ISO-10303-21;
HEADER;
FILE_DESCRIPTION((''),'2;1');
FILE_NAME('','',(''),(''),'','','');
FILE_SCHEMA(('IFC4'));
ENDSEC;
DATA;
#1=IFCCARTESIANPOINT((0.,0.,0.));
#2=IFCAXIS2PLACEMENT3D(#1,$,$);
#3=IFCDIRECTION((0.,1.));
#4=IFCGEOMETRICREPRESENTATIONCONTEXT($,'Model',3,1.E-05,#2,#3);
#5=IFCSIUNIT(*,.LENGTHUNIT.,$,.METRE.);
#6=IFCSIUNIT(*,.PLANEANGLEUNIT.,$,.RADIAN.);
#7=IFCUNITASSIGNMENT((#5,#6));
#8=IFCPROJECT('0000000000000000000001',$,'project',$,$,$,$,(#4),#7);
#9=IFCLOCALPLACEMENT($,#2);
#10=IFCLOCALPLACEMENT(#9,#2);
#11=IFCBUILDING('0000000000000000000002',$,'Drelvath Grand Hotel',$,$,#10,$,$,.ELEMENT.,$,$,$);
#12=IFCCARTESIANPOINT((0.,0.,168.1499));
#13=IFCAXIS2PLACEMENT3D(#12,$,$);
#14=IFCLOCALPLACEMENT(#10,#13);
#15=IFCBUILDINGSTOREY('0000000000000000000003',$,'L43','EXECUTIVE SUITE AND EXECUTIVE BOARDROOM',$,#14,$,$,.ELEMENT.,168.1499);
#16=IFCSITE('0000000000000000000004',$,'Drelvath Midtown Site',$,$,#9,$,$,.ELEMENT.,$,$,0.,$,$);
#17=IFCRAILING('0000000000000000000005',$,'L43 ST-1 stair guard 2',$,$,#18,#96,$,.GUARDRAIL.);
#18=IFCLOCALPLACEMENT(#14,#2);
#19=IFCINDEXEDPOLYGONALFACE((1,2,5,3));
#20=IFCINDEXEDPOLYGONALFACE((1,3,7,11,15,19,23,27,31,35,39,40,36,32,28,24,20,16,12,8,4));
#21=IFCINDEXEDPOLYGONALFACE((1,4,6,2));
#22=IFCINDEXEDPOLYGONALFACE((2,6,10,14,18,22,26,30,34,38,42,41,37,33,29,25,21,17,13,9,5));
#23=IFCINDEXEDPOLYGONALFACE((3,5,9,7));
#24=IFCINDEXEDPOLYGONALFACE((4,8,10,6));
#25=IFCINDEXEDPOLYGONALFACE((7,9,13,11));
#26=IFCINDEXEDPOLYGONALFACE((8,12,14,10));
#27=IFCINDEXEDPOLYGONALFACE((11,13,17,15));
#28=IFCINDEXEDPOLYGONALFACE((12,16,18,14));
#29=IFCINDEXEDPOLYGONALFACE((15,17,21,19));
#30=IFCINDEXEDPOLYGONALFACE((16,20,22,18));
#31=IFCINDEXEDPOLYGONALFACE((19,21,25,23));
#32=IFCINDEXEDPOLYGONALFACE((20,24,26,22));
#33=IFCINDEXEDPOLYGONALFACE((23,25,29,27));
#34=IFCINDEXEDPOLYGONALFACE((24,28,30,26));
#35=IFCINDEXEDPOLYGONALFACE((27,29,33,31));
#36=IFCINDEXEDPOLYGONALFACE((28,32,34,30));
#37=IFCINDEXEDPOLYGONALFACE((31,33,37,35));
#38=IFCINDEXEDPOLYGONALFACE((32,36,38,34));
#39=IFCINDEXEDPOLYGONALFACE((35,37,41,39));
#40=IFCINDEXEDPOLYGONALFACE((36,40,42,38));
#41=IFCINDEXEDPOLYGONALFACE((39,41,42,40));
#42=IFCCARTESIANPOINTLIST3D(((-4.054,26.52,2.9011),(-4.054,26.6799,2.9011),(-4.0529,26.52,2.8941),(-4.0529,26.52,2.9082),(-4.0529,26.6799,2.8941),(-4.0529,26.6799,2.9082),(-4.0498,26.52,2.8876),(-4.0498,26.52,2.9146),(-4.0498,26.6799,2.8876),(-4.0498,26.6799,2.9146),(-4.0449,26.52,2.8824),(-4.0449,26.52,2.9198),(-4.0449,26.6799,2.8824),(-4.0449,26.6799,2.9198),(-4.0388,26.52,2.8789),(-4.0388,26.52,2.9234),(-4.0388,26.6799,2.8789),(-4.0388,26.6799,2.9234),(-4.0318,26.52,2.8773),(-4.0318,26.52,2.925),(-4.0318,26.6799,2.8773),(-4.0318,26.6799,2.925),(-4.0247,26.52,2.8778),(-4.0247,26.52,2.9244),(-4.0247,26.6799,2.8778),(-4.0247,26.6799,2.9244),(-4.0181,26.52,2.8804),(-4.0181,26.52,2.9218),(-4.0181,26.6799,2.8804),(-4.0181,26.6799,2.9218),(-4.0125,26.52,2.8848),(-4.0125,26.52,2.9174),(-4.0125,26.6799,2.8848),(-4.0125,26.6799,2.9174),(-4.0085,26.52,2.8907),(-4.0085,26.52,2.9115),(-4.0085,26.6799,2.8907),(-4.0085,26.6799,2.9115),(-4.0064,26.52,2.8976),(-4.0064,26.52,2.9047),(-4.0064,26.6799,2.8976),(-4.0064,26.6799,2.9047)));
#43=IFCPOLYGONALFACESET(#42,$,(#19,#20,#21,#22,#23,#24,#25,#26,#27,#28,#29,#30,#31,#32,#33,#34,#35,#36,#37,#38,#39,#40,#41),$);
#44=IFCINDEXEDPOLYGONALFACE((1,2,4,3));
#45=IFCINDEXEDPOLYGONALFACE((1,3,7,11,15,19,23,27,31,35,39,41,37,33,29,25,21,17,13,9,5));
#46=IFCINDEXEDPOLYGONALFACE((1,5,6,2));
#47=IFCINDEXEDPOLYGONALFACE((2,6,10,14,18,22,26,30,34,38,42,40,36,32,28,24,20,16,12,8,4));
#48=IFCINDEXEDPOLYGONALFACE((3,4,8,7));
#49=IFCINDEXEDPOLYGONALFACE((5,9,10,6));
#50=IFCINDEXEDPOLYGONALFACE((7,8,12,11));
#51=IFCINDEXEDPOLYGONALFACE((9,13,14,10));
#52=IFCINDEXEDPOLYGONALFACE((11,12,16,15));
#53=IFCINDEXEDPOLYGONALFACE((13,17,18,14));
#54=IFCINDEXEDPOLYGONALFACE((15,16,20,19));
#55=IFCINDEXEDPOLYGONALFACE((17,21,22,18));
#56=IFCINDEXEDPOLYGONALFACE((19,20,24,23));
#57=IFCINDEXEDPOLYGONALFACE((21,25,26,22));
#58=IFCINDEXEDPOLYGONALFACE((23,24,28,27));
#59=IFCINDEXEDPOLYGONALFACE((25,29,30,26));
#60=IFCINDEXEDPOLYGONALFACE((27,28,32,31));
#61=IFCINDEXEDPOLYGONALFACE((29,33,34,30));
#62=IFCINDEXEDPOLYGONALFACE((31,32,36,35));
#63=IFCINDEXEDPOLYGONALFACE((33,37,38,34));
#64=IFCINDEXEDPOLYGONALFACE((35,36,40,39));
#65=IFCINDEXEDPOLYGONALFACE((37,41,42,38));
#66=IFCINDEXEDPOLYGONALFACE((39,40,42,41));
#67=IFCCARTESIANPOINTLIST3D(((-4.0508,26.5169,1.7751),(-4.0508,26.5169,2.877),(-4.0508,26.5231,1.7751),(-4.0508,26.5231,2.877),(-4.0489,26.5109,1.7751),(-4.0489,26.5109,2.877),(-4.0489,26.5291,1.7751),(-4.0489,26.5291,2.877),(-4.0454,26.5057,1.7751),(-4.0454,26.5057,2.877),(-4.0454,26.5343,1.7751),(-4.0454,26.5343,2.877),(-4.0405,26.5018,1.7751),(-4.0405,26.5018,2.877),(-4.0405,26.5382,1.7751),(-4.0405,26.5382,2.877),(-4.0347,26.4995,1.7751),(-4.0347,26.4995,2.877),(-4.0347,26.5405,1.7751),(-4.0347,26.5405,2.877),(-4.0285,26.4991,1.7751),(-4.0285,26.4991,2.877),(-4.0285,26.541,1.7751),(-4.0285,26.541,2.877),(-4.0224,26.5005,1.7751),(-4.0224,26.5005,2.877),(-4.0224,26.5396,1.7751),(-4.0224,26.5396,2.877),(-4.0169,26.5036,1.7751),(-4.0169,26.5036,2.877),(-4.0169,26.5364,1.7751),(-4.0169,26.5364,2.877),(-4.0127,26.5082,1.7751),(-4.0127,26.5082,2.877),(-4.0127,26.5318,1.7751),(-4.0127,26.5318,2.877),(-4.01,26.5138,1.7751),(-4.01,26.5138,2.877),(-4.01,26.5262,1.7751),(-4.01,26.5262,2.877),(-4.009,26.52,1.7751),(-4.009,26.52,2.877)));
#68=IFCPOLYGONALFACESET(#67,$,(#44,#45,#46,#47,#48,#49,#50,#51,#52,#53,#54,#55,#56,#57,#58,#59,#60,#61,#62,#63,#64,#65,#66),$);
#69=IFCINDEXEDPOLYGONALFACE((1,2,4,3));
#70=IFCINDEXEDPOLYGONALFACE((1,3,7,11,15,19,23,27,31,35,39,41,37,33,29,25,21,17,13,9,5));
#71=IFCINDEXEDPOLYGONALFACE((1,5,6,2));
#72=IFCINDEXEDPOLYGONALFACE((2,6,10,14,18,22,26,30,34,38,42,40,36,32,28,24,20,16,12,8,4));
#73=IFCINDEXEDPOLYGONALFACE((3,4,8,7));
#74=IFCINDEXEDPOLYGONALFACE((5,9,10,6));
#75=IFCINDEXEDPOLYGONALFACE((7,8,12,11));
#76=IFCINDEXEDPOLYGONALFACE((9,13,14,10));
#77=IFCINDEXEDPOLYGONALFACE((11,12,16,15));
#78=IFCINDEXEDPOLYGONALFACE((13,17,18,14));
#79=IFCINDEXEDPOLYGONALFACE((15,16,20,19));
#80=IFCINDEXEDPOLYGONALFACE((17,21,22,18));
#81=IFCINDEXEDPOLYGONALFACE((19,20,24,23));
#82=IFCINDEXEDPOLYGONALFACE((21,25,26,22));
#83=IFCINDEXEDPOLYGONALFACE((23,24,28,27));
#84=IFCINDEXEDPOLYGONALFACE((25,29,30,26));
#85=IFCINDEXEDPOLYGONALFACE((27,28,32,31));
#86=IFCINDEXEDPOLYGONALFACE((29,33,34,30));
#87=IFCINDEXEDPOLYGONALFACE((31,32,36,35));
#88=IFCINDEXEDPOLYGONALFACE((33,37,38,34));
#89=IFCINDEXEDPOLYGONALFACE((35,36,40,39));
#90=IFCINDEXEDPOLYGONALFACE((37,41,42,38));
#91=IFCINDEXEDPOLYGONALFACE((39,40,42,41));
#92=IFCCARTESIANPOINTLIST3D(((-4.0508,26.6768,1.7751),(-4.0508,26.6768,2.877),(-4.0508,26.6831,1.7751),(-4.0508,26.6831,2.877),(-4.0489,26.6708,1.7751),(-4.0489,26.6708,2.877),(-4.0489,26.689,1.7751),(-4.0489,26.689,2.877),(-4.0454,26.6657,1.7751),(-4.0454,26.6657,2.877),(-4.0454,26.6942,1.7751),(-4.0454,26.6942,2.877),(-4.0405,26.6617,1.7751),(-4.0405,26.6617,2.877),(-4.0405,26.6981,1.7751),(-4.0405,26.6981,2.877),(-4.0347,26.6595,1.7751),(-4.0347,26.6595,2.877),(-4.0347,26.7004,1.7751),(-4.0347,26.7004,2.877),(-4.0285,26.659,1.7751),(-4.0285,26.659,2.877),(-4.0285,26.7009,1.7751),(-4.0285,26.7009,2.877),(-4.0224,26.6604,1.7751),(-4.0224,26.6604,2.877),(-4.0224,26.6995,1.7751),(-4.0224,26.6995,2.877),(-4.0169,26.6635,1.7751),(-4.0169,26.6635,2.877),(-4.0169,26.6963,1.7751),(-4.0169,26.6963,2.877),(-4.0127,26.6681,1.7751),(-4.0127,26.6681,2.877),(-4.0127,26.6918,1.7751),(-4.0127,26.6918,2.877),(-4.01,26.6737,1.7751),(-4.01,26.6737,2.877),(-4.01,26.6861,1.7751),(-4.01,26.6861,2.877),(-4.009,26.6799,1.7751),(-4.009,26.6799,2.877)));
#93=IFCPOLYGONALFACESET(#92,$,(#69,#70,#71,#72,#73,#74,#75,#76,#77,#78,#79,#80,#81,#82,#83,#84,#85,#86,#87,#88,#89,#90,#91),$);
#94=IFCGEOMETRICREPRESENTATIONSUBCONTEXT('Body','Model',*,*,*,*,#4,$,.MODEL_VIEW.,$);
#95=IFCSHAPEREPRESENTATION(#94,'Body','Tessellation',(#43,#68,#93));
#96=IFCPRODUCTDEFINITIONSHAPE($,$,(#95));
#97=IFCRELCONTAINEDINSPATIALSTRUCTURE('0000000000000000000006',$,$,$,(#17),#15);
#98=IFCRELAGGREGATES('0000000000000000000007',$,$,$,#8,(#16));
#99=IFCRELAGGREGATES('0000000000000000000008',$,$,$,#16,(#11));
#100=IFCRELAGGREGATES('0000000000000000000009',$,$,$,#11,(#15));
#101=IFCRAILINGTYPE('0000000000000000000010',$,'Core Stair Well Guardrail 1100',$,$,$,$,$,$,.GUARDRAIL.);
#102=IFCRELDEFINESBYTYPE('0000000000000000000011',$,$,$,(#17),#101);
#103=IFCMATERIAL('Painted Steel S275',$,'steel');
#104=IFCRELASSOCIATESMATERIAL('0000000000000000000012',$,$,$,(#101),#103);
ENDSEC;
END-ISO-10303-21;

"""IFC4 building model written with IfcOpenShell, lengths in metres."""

from ifc_helpers import new_model, si_unit, direction, frame, origin, origin_2d, place, context, subcontext, project, spatial, circle, extrude, material, type_object, element, save


model = new_model("IFC4")

# Units and contexts
model_context = context("Model", 3, precision=1e-05, world=origin(), true_north=direction((0.0, 1.0)))
body_context = subcontext(model_context, "Body", "Model", "MODEL_VIEW")
ifc_project = project(units=[si_unit("LENGTHUNIT", "METRE"), si_unit("PLANEANGLEUNIT", "RADIAN")], contexts=[model_context])

# Site, building, storey
site_placement = place(None, origin())
site = spatial("IfcSite", under=ifc_project, at=site_placement, Name="Drelvath Midtown Site", CompositionType="ELEMENT", RefElevation=0.0)
building_placement = place(site_placement, origin())
building = spatial("IfcBuilding", under=site, at=building_placement, Name="Drelvath Grand Hotel", CompositionType="ELEMENT")
storey_placement = place(building_placement, frame((0.0, 0.0, 168.1499)))
storey = spatial("IfcBuildingStorey", under=building, at=storey_placement, Name="L43", Description="EXECUTIVE SUITE AND EXECUTIVE BOARDROOM", CompositionType="ELEMENT", Elevation=168.1499)

# Shared definitions
ifc_material_1 = material(Name="Painted Steel S275", Category="steel")

# Railing
railing_type_1 = type_object("IfcRailingType", Name="Core Stair Well Guardrail 1100", PredefinedType="GUARDRAIL", material=ifc_material_1)
railing_1_placement = place(storey_placement, frame((-4.03, 26.52, 1.7751)))
element("IfcRailing", 1, at=railing_1_placement, inside=storey, type_object=railing_type_1, Name="L43 ST-1 stair guard 2", PredefinedType="GUARDRAIL", context=body_context, shape_type="SweptSolid", body=[
    extrude(circle(Radius=0.0239, at=origin_2d()), frame((0.0, 0.0, 1.126), z_axis=(0.0, 1.0, 0.0), x_axis=(-1.0, 0.0, 0.0)), (0.0, 0.0, 1.0), 0.1599),
    extrude(circle(Radius=0.021, at=origin_2d()), origin(), (0.0, 0.0, 1.0), 1.1018),
    extrude(circle(Radius=0.021, at=origin_2d()), frame((0.0, 0.1599, 0.0)), (0.0, 0.0, 1.0), 1.1018),
])

save(model, "model.ifc")
